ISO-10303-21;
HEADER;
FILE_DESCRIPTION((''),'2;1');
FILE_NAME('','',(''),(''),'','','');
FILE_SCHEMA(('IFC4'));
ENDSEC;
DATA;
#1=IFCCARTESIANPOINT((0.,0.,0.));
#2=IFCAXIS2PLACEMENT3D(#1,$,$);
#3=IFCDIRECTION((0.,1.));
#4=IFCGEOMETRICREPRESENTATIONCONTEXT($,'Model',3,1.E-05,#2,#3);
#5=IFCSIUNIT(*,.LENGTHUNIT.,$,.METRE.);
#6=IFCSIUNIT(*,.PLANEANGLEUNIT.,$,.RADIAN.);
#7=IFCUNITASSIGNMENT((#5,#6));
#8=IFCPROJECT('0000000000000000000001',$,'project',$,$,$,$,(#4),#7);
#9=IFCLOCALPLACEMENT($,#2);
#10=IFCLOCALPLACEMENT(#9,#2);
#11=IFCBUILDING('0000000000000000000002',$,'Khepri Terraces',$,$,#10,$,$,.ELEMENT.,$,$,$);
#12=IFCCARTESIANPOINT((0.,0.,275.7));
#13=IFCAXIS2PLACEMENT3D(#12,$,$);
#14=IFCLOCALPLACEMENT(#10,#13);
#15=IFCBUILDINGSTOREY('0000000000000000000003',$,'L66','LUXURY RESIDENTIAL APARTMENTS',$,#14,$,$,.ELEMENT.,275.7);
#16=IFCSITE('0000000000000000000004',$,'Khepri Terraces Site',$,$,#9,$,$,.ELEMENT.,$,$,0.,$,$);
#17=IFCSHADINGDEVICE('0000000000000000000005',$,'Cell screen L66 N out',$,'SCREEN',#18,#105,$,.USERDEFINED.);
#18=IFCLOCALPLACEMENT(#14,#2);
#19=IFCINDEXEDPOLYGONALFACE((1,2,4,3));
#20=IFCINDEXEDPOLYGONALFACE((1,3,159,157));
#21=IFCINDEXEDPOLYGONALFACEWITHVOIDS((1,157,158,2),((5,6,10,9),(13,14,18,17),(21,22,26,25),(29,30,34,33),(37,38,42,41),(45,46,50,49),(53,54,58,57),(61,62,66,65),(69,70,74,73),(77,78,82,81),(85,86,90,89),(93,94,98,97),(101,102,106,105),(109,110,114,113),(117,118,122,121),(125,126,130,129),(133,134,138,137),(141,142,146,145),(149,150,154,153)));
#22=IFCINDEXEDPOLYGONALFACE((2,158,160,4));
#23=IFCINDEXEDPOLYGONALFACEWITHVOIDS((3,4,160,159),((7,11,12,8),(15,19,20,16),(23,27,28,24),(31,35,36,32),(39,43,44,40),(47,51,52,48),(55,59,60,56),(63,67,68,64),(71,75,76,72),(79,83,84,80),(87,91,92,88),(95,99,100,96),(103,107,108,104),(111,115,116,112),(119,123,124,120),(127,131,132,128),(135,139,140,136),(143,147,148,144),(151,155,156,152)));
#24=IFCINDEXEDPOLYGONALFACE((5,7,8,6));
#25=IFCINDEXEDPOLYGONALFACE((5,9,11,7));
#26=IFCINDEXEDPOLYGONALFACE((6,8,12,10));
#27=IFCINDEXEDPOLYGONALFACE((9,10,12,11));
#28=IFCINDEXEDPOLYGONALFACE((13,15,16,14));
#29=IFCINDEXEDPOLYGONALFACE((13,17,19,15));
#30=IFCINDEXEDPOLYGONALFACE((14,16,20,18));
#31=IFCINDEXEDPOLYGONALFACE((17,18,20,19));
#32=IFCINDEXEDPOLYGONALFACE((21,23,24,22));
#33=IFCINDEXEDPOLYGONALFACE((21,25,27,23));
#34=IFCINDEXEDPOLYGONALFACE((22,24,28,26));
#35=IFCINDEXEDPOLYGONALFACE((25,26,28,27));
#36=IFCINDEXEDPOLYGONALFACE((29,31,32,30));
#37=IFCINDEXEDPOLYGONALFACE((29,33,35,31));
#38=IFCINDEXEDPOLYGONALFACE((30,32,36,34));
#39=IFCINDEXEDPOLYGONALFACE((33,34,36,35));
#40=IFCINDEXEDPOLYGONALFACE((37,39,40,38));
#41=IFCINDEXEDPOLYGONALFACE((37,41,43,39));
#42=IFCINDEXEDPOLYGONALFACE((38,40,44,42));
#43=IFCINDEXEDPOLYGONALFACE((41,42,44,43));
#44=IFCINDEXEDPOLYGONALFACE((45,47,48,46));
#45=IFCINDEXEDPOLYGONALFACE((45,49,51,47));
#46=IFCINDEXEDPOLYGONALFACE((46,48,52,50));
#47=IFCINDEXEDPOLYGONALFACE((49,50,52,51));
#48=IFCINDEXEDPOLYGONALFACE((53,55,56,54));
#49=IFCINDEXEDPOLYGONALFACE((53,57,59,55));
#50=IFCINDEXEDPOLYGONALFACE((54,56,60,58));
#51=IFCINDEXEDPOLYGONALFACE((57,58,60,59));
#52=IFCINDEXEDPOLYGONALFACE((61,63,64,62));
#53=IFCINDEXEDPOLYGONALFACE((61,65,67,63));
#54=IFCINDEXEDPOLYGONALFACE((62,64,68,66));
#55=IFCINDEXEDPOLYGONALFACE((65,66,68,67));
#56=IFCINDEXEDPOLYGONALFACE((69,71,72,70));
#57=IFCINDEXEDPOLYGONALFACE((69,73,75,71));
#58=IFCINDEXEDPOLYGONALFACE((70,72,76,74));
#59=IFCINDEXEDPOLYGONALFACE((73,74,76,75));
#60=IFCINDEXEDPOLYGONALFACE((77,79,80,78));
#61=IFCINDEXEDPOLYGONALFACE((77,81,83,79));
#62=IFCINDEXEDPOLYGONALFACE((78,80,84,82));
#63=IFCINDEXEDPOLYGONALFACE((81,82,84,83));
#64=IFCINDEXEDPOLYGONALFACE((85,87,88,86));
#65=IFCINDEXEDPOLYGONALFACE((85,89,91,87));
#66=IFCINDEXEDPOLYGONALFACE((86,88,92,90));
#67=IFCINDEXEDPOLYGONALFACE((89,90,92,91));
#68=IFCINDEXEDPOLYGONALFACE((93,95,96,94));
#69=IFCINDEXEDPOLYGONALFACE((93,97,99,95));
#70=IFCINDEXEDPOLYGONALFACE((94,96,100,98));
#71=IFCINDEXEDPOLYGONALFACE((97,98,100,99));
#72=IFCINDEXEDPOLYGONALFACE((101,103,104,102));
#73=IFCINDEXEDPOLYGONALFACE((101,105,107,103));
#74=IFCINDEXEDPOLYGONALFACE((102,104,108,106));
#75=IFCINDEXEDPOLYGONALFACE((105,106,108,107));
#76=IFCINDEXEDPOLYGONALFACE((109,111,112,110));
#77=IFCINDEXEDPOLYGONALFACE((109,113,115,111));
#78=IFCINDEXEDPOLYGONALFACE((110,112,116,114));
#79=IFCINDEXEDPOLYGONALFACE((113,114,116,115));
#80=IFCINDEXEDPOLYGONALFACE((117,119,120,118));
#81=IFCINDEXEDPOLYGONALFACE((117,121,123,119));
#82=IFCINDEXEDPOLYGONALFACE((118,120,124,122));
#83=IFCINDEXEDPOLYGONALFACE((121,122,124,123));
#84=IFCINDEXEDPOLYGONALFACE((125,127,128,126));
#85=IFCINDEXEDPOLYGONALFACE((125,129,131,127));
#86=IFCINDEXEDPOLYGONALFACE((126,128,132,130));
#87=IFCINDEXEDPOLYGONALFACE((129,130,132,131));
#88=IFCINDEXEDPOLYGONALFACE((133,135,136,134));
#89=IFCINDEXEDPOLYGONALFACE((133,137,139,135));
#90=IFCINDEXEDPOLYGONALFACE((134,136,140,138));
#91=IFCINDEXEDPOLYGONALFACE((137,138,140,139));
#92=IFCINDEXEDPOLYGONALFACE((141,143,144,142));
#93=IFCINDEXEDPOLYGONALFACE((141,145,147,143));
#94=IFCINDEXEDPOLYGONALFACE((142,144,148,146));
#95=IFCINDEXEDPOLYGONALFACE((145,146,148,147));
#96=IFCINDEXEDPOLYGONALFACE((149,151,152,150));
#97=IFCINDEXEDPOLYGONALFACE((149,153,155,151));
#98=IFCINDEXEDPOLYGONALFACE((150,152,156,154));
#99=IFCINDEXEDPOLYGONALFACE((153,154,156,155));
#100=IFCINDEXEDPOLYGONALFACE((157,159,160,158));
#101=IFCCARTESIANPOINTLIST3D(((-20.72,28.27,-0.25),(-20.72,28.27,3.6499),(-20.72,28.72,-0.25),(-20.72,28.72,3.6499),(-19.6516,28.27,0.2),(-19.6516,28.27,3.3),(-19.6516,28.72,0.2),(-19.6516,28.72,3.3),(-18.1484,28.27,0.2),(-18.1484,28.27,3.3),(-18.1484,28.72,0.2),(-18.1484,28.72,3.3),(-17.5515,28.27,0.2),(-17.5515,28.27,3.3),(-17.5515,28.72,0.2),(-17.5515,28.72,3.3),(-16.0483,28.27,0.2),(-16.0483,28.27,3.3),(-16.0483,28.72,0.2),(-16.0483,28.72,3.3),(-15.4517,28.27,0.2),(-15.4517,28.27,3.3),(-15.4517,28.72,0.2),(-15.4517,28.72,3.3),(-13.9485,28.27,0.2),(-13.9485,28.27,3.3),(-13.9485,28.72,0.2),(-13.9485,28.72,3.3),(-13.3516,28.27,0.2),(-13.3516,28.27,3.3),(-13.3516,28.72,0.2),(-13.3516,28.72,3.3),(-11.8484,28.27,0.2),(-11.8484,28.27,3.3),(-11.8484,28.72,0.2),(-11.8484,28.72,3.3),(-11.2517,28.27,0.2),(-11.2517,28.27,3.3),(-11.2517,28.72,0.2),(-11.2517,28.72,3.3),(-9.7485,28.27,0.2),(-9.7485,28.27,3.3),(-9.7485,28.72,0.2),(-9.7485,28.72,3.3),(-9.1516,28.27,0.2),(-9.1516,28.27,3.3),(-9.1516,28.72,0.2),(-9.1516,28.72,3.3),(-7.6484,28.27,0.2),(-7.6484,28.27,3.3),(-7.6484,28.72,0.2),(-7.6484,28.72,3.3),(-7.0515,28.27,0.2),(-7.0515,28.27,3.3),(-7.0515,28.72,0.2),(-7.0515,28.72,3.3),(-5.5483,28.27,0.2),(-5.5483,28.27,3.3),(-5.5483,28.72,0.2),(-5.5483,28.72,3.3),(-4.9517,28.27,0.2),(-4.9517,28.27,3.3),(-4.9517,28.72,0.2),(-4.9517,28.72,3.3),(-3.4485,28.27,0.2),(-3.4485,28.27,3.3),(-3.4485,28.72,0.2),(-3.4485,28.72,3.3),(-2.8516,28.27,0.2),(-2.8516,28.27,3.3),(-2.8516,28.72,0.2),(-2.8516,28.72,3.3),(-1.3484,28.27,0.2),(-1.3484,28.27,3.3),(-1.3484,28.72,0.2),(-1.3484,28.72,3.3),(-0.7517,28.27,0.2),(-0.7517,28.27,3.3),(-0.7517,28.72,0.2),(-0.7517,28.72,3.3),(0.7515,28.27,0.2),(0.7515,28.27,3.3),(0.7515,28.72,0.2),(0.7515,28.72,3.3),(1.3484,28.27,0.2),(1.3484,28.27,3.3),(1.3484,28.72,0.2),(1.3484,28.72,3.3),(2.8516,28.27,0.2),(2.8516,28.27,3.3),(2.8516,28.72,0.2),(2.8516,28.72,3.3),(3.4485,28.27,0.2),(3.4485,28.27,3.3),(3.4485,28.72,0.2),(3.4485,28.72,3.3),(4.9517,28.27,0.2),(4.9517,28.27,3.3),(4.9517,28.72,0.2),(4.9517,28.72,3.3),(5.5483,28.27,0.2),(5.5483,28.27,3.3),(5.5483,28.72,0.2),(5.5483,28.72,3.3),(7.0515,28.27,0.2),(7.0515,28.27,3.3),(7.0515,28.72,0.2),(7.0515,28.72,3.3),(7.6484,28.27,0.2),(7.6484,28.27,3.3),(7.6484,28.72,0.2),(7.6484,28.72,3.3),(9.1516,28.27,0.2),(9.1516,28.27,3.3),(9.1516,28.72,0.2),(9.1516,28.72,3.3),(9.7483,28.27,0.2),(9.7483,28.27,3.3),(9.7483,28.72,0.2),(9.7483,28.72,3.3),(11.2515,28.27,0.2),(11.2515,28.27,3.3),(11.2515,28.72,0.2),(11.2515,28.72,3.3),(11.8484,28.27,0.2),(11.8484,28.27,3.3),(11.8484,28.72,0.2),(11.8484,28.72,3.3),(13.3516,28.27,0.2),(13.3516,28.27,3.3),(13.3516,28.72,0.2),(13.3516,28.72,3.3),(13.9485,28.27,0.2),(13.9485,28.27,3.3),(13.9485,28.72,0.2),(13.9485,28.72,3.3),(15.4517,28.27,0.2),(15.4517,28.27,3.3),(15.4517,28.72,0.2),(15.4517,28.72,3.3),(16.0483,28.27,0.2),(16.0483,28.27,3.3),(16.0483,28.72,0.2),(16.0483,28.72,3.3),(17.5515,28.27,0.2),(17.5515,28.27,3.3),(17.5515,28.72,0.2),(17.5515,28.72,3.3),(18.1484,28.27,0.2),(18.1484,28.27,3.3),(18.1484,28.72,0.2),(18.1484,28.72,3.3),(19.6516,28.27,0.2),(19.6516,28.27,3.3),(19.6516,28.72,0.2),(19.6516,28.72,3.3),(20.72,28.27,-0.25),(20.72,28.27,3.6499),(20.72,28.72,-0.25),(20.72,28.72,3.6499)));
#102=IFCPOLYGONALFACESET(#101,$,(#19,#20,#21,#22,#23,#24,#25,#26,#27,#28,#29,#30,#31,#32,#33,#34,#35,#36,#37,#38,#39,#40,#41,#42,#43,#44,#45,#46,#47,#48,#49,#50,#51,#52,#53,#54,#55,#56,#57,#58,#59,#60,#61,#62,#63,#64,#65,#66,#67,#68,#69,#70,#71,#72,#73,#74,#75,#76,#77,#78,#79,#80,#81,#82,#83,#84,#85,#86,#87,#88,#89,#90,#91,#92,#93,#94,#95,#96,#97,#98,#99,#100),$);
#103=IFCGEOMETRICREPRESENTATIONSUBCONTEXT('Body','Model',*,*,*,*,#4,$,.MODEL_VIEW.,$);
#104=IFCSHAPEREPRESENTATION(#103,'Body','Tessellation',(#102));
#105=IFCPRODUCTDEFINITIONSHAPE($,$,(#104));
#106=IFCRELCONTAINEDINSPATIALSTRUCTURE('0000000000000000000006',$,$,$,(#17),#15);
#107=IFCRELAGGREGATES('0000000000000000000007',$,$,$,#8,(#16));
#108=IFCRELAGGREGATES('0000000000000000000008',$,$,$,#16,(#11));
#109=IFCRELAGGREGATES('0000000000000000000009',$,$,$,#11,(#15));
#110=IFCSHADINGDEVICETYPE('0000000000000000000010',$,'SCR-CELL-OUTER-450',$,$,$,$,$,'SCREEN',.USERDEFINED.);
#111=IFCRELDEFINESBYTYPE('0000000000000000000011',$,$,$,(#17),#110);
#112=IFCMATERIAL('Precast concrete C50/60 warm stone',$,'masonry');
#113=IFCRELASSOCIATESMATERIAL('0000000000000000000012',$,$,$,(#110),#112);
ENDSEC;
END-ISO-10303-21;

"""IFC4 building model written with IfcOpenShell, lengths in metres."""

from ifc_helpers import new_model, si_unit, direction, frame, origin, place, context, subcontext, project, spatial, polyline, outline, extrude, material, type_object, element, save


model = new_model("IFC4")

# Units and contexts
model_context = context("Model", 3, precision=1e-05, world=origin(), true_north=direction((0.0, 1.0)))
body_context = subcontext(model_context, "Body", "Model", "MODEL_VIEW")
ifc_project = project(units=[si_unit("LENGTHUNIT", "METRE"), si_unit("PLANEANGLEUNIT", "RADIAN")], contexts=[model_context])

# Site, building, storey
site_placement = place(None, origin())
site = spatial("IfcSite", under=ifc_project, at=site_placement, Name="Khepri Terraces Site", CompositionType="ELEMENT", RefElevation=0.0)
building_placement = place(site_placement, origin())
building = spatial("IfcBuilding", under=site, at=building_placement, Name="Khepri Terraces", CompositionType="ELEMENT")
storey_placement = place(building_placement, frame((0.0, 0.0, 275.7)))
storey = spatial("IfcBuildingStorey", under=building, at=storey_placement, Name="L66", Description="LUXURY RESIDENTIAL APARTMENTS", CompositionType="ELEMENT", Elevation=275.7)

# Shared definitions
ifc_material_1 = material(Name="Precast concrete C50/60 warm stone", Category="masonry")

# Shading device
shading_device_type_1 = type_object("IfcShadingDeviceType", Name="SCR-CELL-OUTER-450", ElementType="SCREEN", PredefinedType="USERDEFINED", material=ifc_material_1)
shading_device_1_placement = place(storey_placement, frame((20.72, 28.27, -0.25), z_axis=(0.0, 1.0, 0.0), x_axis=(-1.0, 0.0, 0.0)))
element("IfcShadingDevice", 1, at=shading_device_1_placement, inside=storey, type_object=shading_device_type_1, Name="Cell screen L66 N out", ObjectType="SCREEN", PredefinedType="USERDEFINED", context=body_context, shape_type="SweptSolid", body=[
    extrude(outline(polyline([(0.0, 0.0), (41.4399, 0.0), (41.4399, 3.8999), (0.0, 3.8999), (0.0, 0.0)]), holes=[polyline([(1.0684, 0.45), (2.5715, 0.45), (2.5715, 3.55), (1.0684, 3.55), (1.0684, 0.45)]), polyline([(3.1685, 0.45), (4.6716, 0.45), (4.6716, 3.55), (3.1685, 3.55), (3.1685, 0.45)]), polyline([(5.2683, 0.45), (6.7715, 0.45), (6.7715, 3.55), (5.2683, 3.55), (5.2683, 0.45)]), polyline([(7.3684, 0.45), (8.8716, 0.45), (8.8716, 3.55), (7.3684, 3.55), (7.3684, 0.45)]), polyline([(9.4685, 0.45), (10.9717, 0.45), (10.9717, 3.55), (9.4685, 3.55), (9.4685, 0.45)]), polyline([(11.5684, 0.45), (13.0715, 0.45), (13.0715, 3.55), (11.5684, 3.55), (11.5684, 0.45)]), polyline([(13.6685, 0.45), (15.1716, 0.45), (15.1716, 3.55), (13.6685, 3.55), (13.6685, 0.45)]), polyline([(15.7683, 0.45), (17.2715, 0.45), (17.2715, 3.55), (15.7683, 3.55), (15.7683, 0.45)]), polyline([(17.8684, 0.45), (19.3716, 0.45), (19.3716, 3.55), (17.8684, 3.55), (17.8684, 0.45)]), polyline([(19.9685, 0.45), (21.4717, 0.45), (21.4717, 3.55), (19.9685, 3.55), (19.9685, 0.45)]), polyline([(22.0684, 0.45), (23.5715, 0.45), (23.5715, 3.55), (22.0684, 3.55), (22.0684, 0.45)]), polyline([(24.1685, 0.45), (25.6716, 0.45), (25.6716, 3.55), (24.1685, 3.55), (24.1685, 0.45)]), polyline([(26.2683, 0.45), (27.7715, 0.45), (27.7715, 3.55), (26.2683, 3.55), (26.2683, 0.45)]), polyline([(28.3684, 0.45), (29.8716, 0.45), (29.8716, 3.55), (28.3684, 3.55), (28.3684, 0.45)]), polyline([(30.4685, 0.45), (31.9717, 0.45), (31.9717, 3.55), (30.4685, 3.55), (30.4685, 0.45)]), polyline([(32.5684, 0.45), (34.0715, 0.45), (34.0715, 3.55), (32.5684, 3.55), (32.5684, 0.45)]), polyline([(34.6685, 0.45), (36.1716, 0.45), (36.1716, 3.55), (34.6685, 3.55), (34.6685, 0.45)]), polyline([(36.7683, 0.45), (38.2715, 0.45), (38.2715, 3.55), (36.7683, 3.55), (36.7683, 0.45)]), polyline([(38.8684, 0.45), (40.3716, 0.45), (40.3716, 3.55), (38.8684, 3.55), (38.8684, 0.45)])]), origin(), (0.0, 0.0, 1.0), 0.45),
])

save(model, "model.ifc")
